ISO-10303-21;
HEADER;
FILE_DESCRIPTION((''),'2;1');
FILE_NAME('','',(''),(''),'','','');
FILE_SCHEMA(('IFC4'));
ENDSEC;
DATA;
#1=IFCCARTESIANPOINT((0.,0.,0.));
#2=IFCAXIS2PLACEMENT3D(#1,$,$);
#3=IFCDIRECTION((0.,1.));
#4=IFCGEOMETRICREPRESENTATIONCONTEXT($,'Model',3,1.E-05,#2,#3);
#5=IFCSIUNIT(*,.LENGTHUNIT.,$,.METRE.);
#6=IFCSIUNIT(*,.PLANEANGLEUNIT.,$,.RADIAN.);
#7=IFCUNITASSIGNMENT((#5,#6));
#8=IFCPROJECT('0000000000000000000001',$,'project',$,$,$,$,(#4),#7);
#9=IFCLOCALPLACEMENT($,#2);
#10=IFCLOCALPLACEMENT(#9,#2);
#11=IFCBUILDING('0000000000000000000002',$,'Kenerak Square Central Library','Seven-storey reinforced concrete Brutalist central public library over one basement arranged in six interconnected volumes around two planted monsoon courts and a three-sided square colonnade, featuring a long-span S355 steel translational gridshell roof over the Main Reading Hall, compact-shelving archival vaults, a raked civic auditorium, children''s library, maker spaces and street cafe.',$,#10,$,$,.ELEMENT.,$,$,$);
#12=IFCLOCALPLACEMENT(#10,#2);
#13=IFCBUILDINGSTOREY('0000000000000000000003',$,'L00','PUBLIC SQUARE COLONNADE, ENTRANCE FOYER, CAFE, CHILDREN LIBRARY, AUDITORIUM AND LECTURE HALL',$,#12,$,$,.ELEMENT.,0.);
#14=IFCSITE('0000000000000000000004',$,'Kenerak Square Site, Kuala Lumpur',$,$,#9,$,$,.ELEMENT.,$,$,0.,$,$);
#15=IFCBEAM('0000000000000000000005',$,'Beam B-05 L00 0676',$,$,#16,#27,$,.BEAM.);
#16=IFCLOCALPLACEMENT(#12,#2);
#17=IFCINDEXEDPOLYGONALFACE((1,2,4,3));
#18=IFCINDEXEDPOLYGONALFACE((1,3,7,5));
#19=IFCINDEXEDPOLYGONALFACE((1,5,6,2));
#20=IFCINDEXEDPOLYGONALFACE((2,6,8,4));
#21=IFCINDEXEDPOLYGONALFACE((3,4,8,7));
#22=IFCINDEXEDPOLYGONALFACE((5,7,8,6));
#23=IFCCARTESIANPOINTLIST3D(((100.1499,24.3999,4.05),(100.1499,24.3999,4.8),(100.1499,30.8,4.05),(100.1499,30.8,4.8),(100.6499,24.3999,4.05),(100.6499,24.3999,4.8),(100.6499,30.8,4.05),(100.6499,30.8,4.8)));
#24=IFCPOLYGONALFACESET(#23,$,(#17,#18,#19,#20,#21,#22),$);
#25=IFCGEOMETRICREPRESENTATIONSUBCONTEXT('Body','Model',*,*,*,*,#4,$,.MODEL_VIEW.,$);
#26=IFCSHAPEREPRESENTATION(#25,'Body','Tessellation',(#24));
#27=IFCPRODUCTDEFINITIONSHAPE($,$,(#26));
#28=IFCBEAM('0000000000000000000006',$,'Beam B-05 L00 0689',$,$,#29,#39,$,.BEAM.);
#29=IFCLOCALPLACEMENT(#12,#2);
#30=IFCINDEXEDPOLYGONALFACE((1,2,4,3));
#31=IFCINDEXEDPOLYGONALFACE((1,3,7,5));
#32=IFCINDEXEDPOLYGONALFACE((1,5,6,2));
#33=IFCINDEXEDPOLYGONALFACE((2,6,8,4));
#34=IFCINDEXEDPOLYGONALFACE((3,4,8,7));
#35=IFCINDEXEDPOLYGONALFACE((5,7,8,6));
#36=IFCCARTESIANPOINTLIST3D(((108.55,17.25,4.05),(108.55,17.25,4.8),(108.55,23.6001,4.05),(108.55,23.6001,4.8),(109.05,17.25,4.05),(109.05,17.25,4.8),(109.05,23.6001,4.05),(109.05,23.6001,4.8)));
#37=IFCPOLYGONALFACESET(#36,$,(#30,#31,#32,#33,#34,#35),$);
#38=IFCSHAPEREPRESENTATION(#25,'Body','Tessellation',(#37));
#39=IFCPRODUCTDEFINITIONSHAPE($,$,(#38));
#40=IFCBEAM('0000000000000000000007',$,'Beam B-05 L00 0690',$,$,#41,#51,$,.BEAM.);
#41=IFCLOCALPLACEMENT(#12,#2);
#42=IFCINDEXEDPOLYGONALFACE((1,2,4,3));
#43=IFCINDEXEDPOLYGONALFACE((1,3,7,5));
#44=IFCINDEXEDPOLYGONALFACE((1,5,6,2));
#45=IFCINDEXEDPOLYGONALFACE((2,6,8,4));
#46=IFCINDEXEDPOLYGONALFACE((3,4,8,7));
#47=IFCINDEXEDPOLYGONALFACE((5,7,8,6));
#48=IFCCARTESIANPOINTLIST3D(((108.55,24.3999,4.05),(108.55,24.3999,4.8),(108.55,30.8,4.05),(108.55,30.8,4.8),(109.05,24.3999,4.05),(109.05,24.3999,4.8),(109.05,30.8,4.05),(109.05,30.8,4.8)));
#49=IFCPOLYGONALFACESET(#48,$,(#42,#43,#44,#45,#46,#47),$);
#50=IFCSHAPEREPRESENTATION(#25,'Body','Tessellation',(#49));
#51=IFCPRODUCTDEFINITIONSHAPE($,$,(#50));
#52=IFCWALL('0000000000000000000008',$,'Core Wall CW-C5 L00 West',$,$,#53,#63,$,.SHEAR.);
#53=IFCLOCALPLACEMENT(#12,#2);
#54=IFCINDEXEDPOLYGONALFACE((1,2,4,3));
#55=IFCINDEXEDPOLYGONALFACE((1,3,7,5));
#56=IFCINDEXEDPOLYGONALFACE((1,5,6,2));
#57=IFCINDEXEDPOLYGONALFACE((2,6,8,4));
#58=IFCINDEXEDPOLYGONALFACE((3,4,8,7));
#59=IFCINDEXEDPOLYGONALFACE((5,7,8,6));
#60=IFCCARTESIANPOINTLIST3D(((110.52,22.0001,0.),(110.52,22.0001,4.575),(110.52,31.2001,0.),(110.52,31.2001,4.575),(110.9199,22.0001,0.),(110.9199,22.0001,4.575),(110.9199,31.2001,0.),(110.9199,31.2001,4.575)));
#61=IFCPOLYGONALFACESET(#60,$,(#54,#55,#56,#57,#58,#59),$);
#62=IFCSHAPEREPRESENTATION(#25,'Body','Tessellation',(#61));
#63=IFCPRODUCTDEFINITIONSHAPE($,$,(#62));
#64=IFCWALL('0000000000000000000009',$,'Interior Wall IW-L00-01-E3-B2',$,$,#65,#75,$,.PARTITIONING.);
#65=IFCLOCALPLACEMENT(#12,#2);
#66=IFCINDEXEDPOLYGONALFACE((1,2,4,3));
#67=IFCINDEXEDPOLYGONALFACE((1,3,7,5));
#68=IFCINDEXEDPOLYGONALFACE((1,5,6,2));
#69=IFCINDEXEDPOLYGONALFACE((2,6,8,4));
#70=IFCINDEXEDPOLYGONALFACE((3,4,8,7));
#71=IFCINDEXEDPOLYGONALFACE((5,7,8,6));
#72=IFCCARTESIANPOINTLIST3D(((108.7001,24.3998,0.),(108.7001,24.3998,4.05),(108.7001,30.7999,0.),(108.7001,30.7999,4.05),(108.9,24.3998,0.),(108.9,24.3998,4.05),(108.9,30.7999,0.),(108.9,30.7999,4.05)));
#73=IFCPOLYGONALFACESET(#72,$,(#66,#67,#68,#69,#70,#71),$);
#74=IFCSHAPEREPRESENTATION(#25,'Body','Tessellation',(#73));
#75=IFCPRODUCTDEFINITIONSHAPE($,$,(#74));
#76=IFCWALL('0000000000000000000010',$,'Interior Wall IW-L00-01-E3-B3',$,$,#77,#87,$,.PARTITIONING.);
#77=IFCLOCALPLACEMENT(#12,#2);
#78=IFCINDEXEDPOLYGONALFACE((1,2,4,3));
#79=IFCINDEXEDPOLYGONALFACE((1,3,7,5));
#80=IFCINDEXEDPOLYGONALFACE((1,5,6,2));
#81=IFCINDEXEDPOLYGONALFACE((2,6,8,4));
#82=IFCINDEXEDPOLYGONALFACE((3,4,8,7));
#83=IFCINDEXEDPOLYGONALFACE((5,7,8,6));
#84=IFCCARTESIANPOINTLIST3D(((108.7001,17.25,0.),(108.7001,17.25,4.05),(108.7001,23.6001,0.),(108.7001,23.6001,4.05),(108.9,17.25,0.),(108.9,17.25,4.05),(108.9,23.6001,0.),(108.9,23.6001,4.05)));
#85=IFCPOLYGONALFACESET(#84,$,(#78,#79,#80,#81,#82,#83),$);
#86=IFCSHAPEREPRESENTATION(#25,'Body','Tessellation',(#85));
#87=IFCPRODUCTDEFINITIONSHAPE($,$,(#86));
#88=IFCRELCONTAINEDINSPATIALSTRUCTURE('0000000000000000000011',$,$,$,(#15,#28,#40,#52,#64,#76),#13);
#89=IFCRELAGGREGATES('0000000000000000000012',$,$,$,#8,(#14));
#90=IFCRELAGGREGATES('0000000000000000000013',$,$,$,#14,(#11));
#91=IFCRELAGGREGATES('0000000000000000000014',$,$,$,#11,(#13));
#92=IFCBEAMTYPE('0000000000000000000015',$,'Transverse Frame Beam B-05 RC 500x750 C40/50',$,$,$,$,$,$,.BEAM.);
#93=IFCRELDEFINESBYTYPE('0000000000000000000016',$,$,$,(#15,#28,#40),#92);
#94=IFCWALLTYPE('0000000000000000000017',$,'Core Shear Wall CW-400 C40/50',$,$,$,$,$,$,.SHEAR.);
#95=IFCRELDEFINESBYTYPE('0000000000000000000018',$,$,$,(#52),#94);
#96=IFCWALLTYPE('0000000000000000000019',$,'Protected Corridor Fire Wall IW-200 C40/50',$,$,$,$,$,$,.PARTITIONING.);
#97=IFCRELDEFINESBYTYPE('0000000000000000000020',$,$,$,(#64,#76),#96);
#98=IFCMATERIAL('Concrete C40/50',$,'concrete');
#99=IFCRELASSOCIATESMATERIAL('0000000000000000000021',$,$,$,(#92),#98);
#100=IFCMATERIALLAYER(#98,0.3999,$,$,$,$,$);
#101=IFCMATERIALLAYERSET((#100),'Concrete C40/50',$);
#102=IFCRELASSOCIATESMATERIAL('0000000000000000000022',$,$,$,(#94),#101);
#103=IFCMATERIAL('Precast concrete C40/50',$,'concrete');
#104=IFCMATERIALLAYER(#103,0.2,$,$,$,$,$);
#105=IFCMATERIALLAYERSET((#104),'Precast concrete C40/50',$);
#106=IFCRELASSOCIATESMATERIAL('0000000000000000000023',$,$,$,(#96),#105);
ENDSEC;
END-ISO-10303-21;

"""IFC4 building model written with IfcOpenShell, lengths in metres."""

from ifc_helpers import new_model, si_unit, direction, frame, frame_2d, origin, origin_2d, place, context, subcontext, project, spatial, rectangle, extrude, material, layer, layer_set, material_profile, profile_set, type_object, element, save


model = new_model("IFC4")

# Units and contexts
model_context = context("Model", 3, precision=1e-05, world=origin(), true_north=direction((0.0, 1.0)))
body_context = subcontext(model_context, "Body", "Model", "MODEL_VIEW")
ifc_project = project(units=[si_unit("LENGTHUNIT", "METRE"), si_unit("PLANEANGLEUNIT", "RADIAN")], contexts=[model_context])

# Site, building, storey
site_placement = place(None, origin())
site = spatial("IfcSite", under=ifc_project, at=site_placement, Name="Kenerak Square Site, Kuala Lumpur", CompositionType="ELEMENT", RefElevation=0.0)
building_placement = place(site_placement, origin())
building = spatial("IfcBuilding", under=site, at=building_placement, Name="Kenerak Square Central Library", Description="Seven-storey reinforced concrete Brutalist central public library over one basement arranged in six interconnected volumes around two planted monsoon courts and a three-sided square colonnade, featuring a long-span S355 steel translational gridshell roof over the Main Reading Hall, compact-shelving archival vaults, a raked civic auditorium, children's library, maker spaces and street cafe.", CompositionType="ELEMENT")
storey_placement = place(building_placement, origin())
storey = spatial("IfcBuildingStorey", under=building, at=storey_placement, Name="L00", Description="PUBLIC SQUARE COLONNADE, ENTRANCE FOYER, CAFE, CHILDREN LIBRARY, AUDITORIUM AND LECTURE HALL", CompositionType="ELEMENT", Elevation=0.0)

# Beams
ifc_material_1 = material(Name="Concrete C40/50", Category="concrete")
ifc_material_profile_1 = material_profile(ifc_material_1, rectangle(XDim=0.5, YDim=0.75, at=origin_2d()), Name="RC 500x750")
ifc_profile_set_1 = profile_set([ifc_material_profile_1], Name="Concrete C40/50")
beam_type_1 = type_object("IfcBeamType", Name="Transverse Frame Beam B-05 RC 500x750 C40/50", PredefinedType="BEAM", material=ifc_profile_set_1)
beam_1_placement = place(storey_placement, frame((100.3999, 24.3999, 4.425), z_axis=(0.0, 1.0, 0.0), x_axis=(-1.0, 0.0, 0.0)))
element("IfcBeam", 1, at=beam_1_placement, inside=storey, type_object=beam_type_1, Name="Beam B-05 L00 0676", PredefinedType="BEAM", context=body_context, shape_type="SweptSolid", body=[
    extrude(rectangle(XDim=0.5, YDim=0.75, at=origin_2d()), origin(), (0.0, 0.0, 1.0), 6.4001),
])
beam_2_placement = place(storey_placement, frame((108.8, 17.25, 4.425), z_axis=(0.0, 1.0, 0.0), x_axis=(-1.0, 0.0, 0.0)))
element("IfcBeam", 2, at=beam_2_placement, inside=storey, type_object=beam_type_1, Name="Beam B-05 L00 0689", PredefinedType="BEAM", context=body_context, shape_type="SweptSolid", body=[
    extrude(rectangle(XDim=0.5, YDim=0.75, at=origin_2d()), origin(), (0.0, 0.0, 1.0), 6.3501),
])
beam_3_placement = place(storey_placement, frame((108.8, 24.3999, 4.425), z_axis=(0.0, 1.0, 0.0), x_axis=(-1.0, 0.0, 0.0)))
element("IfcBeam", 3, at=beam_3_placement, inside=storey, type_object=beam_type_1, Name="Beam B-05 L00 0690", PredefinedType="BEAM", context=body_context, shape_type="SweptSolid", body=[
    extrude(rectangle(XDim=0.5, YDim=0.75, at=origin_2d()), origin(), (0.0, 0.0, 1.0), 6.4001),
])

# Walls
ifc_layer_1 = layer(ifc_material_1, 0.3999)
ifc_layer_set_1 = layer_set([ifc_layer_1], Name="Concrete C40/50")
wall_type_1 = type_object("IfcWallType", Name="Core Shear Wall CW-400 C40/50", PredefinedType="SHEAR", material=ifc_layer_set_1)
wall_1_placement = place(storey_placement, frame((110.72, 22.0, 0.0), z_axis=(0.0, 0.0, 1.0), x_axis=(0.0, 1.0, 0.0)))
element("IfcWall", 4, at=wall_1_placement, inside=storey, type_object=wall_type_1, Name="Core Wall CW-C5 L00 West", PredefinedType="SHEAR", context=body_context, shape_type="SweptSolid", body=[
    extrude(rectangle(XDim=9.2, YDim=0.3999, at=frame_2d((4.6001, 0.0))), origin(), (0.0, 0.0, 1.0), 4.575),
])
ifc_material_2 = material(Name="Precast concrete C40/50", Category="concrete")
ifc_layer_2 = layer(ifc_material_2, 0.2)
ifc_layer_set_2 = layer_set([ifc_layer_2], Name="Precast concrete C40/50")
wall_type_2 = type_object("IfcWallType", Name="Protected Corridor Fire Wall IW-200 C40/50", PredefinedType="PARTITIONING", material=ifc_layer_set_2)
wall_2_placement = place(storey_placement, frame((108.8, 30.8, 0.0), z_axis=(0.0, 0.0, 1.0), x_axis=(0.0, -1.0, 0.0)))
element("IfcWall", 5, at=wall_2_placement, inside=storey, type_object=wall_type_2, Name="Interior Wall IW-L00-01-E3-B2", PredefinedType="PARTITIONING", context=body_context, shape_type="SweptSolid", body=[
    extrude(rectangle(XDim=6.4001, YDim=0.2, at=frame_2d((3.2002, 0.0))), origin(), (0.0, 0.0, 1.0), 4.05),
])
wall_3_placement = place(storey_placement, frame((108.8, 23.6001, 0.0), z_axis=(0.0, 0.0, 1.0), x_axis=(0.0, -1.0, 0.0)))
element("IfcWall", 6, at=wall_3_placement, inside=storey, type_object=wall_type_2, Name="Interior Wall IW-L00-01-E3-B3", PredefinedType="PARTITIONING", context=body_context, shape_type="SweptSolid", body=[
    extrude(rectangle(XDim=6.3501, YDim=0.2, at=frame_2d((3.175, 0.0))), origin(), (0.0, 0.0, 1.0), 4.05),
])

save(model, "model.ifc")
